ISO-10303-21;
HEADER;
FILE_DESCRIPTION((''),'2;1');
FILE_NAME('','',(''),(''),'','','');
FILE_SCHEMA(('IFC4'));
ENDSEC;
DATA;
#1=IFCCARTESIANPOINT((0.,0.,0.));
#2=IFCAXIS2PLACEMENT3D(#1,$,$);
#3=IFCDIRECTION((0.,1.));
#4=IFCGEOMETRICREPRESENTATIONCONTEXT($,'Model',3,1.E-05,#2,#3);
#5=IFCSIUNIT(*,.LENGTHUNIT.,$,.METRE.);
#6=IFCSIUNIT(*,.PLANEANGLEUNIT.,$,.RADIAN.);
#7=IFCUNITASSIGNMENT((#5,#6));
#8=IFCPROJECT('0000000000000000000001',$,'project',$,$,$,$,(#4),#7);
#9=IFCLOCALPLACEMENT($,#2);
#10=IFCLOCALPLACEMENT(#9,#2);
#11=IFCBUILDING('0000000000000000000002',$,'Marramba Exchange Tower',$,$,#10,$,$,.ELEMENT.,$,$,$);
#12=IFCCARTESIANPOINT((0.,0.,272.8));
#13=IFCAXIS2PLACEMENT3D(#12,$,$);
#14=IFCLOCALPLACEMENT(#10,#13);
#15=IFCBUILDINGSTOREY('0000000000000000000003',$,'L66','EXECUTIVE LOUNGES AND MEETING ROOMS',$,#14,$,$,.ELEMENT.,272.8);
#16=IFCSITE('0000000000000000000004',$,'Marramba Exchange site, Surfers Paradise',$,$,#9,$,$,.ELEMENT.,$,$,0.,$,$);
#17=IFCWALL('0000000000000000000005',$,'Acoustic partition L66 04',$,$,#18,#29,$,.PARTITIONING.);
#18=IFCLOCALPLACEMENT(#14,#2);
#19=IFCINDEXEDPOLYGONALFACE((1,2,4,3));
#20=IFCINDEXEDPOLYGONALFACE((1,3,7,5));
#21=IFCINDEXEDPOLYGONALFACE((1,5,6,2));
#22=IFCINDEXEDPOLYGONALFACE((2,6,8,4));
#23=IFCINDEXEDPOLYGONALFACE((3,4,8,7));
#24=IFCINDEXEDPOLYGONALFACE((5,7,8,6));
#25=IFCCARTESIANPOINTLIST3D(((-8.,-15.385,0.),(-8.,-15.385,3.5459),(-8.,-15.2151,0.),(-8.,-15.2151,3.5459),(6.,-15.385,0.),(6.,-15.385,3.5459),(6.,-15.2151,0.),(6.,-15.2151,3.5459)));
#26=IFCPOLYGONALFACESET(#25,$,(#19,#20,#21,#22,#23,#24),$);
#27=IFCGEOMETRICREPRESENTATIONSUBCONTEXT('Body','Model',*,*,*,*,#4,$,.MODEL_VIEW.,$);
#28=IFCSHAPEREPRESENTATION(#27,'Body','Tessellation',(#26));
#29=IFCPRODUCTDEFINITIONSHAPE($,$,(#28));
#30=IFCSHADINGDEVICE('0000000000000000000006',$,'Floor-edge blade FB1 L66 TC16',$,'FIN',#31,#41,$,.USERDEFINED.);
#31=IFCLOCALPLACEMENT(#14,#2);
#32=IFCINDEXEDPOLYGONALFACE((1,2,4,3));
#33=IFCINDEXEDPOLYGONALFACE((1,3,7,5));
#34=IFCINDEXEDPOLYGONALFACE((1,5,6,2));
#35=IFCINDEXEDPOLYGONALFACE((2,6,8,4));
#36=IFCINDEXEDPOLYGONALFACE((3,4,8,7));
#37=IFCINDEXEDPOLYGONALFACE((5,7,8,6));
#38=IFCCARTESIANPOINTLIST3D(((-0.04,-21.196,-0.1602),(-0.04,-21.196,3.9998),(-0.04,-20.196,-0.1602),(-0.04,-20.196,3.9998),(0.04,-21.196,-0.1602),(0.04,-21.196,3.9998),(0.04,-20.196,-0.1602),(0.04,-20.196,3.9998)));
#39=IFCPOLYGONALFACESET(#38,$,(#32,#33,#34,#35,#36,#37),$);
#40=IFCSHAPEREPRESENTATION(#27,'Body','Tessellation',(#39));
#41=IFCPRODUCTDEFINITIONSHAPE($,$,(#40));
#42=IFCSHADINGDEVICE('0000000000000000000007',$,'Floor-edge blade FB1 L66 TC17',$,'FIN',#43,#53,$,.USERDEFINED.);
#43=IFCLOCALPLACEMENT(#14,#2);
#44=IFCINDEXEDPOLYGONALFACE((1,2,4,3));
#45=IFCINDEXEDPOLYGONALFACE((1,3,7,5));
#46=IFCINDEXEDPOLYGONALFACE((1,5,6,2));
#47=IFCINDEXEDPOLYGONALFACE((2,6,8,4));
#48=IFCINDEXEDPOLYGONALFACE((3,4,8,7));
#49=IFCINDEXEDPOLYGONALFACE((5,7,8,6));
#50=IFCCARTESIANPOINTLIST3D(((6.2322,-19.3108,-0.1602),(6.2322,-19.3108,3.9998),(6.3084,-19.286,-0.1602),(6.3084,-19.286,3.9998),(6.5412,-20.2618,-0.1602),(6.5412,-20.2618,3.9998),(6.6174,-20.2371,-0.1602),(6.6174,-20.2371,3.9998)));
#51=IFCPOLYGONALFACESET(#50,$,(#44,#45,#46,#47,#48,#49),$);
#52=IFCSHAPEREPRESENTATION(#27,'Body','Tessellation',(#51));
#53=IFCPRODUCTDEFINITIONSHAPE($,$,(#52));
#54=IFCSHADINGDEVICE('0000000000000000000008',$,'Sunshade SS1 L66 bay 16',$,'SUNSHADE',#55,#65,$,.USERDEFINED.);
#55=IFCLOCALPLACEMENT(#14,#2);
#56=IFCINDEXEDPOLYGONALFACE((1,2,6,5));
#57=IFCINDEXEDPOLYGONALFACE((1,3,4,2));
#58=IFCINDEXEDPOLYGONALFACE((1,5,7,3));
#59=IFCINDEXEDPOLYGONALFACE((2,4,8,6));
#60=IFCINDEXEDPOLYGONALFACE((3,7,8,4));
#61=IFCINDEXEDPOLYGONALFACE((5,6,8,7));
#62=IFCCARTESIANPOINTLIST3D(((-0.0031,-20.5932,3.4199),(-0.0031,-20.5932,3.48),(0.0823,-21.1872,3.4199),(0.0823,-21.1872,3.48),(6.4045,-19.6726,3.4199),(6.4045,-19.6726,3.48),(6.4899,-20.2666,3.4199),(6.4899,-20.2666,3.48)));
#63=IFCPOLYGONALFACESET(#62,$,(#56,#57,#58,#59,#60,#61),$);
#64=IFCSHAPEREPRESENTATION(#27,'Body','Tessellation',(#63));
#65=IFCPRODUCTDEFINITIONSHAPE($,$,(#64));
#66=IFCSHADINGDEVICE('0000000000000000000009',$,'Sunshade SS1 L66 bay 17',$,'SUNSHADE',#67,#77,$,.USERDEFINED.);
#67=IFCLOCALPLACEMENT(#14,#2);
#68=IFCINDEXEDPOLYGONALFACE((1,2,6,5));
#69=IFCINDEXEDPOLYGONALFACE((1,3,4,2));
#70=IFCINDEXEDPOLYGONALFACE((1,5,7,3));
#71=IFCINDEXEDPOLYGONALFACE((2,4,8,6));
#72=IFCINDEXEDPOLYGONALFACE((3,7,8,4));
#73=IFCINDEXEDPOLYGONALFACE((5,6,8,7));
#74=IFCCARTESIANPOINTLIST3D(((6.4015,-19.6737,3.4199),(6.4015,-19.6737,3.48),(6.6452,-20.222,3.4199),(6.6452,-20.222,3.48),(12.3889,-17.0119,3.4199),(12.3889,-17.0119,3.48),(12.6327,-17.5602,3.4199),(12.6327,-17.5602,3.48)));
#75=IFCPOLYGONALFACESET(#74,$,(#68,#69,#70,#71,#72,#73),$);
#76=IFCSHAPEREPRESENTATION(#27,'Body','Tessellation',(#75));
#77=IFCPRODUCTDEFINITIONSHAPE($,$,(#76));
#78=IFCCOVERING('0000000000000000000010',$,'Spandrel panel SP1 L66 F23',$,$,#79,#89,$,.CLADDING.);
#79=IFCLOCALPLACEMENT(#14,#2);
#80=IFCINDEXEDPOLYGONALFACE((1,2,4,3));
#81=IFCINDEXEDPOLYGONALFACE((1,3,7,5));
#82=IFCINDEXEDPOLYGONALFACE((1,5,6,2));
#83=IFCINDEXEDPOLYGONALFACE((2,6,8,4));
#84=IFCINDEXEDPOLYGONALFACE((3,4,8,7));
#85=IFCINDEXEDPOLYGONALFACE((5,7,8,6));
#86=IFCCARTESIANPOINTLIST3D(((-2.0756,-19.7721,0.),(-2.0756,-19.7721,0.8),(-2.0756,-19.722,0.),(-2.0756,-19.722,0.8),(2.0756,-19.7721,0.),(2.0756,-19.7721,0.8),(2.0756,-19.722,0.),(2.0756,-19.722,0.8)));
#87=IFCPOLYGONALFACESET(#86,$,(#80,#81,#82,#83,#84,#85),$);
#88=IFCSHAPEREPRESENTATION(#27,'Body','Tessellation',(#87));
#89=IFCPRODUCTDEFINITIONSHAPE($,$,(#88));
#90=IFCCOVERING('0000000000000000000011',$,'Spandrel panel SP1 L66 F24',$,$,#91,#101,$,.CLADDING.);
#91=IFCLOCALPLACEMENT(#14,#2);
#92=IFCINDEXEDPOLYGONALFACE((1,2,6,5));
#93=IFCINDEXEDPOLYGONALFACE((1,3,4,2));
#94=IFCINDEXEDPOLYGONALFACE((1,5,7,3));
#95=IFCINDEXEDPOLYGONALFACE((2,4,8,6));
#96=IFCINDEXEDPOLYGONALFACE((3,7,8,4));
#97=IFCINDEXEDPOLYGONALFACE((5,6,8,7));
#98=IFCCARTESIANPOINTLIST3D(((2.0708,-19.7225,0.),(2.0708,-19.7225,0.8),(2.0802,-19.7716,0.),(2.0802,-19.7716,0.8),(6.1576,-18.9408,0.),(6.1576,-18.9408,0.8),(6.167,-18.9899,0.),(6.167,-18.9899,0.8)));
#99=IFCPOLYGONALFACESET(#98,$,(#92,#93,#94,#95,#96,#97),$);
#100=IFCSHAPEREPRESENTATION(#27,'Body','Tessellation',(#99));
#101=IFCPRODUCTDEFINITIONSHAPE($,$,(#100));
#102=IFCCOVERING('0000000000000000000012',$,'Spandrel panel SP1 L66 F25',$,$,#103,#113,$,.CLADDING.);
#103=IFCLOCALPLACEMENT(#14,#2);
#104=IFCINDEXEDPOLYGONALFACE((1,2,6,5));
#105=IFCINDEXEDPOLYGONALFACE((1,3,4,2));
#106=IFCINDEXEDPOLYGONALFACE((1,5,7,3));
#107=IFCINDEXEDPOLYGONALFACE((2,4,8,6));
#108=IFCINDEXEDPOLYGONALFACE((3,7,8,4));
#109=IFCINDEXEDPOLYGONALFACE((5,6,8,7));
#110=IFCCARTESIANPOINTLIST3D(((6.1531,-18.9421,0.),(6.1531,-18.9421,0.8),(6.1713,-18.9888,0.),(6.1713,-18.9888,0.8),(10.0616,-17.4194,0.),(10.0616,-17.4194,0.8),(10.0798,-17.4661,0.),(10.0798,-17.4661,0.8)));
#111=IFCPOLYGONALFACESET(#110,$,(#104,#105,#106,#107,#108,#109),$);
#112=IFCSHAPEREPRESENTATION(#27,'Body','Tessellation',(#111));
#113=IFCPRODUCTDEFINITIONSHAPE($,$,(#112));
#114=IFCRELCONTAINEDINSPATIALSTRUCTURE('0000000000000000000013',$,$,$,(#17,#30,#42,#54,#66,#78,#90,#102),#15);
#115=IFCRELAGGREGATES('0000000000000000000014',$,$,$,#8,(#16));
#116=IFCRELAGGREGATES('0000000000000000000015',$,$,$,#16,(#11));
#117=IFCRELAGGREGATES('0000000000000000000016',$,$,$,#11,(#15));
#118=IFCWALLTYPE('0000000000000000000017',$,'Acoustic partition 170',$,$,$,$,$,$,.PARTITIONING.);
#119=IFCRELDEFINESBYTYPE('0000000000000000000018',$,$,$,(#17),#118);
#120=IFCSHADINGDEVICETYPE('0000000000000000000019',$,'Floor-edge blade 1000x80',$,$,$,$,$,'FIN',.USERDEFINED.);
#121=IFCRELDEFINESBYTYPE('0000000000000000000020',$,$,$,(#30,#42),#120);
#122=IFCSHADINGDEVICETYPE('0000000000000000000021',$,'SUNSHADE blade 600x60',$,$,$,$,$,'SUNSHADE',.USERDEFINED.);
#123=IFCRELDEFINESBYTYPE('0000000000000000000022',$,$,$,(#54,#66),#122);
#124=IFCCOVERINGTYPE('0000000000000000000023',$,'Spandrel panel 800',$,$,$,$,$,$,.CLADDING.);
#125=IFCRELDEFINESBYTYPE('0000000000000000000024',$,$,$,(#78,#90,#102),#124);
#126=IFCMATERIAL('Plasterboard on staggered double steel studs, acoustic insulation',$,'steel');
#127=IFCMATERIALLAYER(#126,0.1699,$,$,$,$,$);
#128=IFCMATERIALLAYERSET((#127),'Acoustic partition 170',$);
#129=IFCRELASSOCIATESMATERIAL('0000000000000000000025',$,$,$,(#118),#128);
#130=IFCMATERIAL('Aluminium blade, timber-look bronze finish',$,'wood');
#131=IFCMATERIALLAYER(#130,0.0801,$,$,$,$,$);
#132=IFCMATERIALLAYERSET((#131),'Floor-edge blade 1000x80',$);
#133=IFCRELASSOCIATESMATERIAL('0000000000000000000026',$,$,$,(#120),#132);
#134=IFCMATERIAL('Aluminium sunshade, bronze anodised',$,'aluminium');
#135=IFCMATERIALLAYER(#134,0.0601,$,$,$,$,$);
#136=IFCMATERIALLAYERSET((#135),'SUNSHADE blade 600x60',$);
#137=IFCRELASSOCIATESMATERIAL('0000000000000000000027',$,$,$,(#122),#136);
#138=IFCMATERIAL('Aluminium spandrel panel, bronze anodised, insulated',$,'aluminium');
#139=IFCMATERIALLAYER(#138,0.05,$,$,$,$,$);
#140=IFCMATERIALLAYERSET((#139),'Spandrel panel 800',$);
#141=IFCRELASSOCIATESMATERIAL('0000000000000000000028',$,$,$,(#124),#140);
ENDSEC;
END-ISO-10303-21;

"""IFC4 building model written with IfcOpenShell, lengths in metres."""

from ifc_helpers import new_model, si_unit, direction, frame, frame_2d, origin, origin_2d, place, context, subcontext, project, spatial, rectangle, extrude, material, layer, layer_set, type_object, element, save


model = new_model("IFC4")

# Units and contexts
model_context = context("Model", 3, precision=1e-05, world=origin(), true_north=direction((0.0, 1.0)))
body_context = subcontext(model_context, "Body", "Model", "MODEL_VIEW")
ifc_project = project(units=[si_unit("LENGTHUNIT", "METRE"), si_unit("PLANEANGLEUNIT", "RADIAN")], contexts=[model_context])

# Site, building, storey
site_placement = place(None, origin())
site = spatial("IfcSite", under=ifc_project, at=site_placement, Name="Marramba Exchange site, Surfers Paradise", CompositionType="ELEMENT", RefElevation=0.0)
building_placement = place(site_placement, origin())
building = spatial("IfcBuilding", under=site, at=building_placement, Name="Marramba Exchange Tower", CompositionType="ELEMENT")
storey_placement = place(building_placement, frame((0.0, 0.0, 272.8)))
storey = spatial("IfcBuildingStorey", under=building, at=storey_placement, Name="L66", Description="EXECUTIVE LOUNGES AND MEETING ROOMS", CompositionType="ELEMENT", Elevation=272.8)

# Wall
ifc_material_1 = material(Name="Plasterboard on staggered double steel studs, acoustic insulation", Category="steel")
ifc_layer_1 = layer(ifc_material_1, 0.1699)
ifc_layer_set_1 = layer_set([ifc_layer_1], Name="Acoustic partition 170")
wall_type = type_object("IfcWallType", Name="Acoustic partition 170", PredefinedType="PARTITIONING", material=ifc_layer_set_1)
wall_placement = place(storey_placement, frame((6.0, -15.3, 0.0), z_axis=(0.0, 0.0, 1.0), x_axis=(-1.0, 0.0, 0.0)))
element("IfcWall", 1, at=wall_placement, inside=storey, type_object=wall_type, Name="Acoustic partition L66 04", PredefinedType="PARTITIONING", context=body_context, shape_type="SweptSolid", body=[
    extrude(rectangle(XDim=14.0, YDim=0.1699, at=frame_2d((7.0, 0.0))), origin(), (0.0, 0.0, 1.0), 3.5459),
])

# Shading devices
ifc_material_2 = material(Name="Aluminium blade, timber-look bronze finish", Category="wood")
ifc_layer_2 = layer(ifc_material_2, 0.0801)
ifc_layer_set_2 = layer_set([ifc_layer_2], Name="Floor-edge blade 1000x80")
shading_device_type_1 = type_object("IfcShadingDeviceType", Name="Floor-edge blade 1000x80", ElementType="FIN", PredefinedType="USERDEFINED", material=ifc_layer_set_2)
for number, where, z_axis, x_axis, name in (
    (2, (0.0, -20.696, -0.1602), (0.0, 0.0, 1.0), (0.0, -1.0, 0.0), "Floor-edge blade FB1 L66 TC16"),
    (3, (6.4248, -19.7739, -0.1602), (0.0, 0.0, 1.0), (0.309017, -0.951057, 0.0), "Floor-edge blade FB1 L66 TC17"),
):
    element("IfcShadingDevice", number, at=place(storey_placement, frame(where, z_axis=z_axis, x_axis=x_axis)), inside=storey, type_object=shading_device_type_1, Name=name, ObjectType="FIN", PredefinedType="USERDEFINED", context=body_context, shape_type="SweptSolid", body=[
        extrude(rectangle(XDim=1.0, YDim=0.0801, at=origin_2d()), origin(), (0.0, 0.0, 1.0), 4.1599),
    ])
ifc_material_3 = material(Name="Aluminium sunshade, bronze anodised", Category="aluminium")
ifc_layer_3 = layer(ifc_material_3, 0.0601)
ifc_layer_set_3 = layer_set([ifc_layer_3], Name="SUNSHADE blade 600x60")
shading_device_type_2 = type_object("IfcShadingDeviceType", Name="SUNSHADE blade 600x60", ElementType="SUNSHADE", PredefinedType="USERDEFINED", material=ifc_layer_set_3)
shading_device_1_placement = place(storey_placement, frame((3.2434, -20.4299, 3.4199), z_axis=(0.0, 0.0, 1.0), x_axis=(0.989837, 0.14221, 0.0)))
element("IfcShadingDevice", 4, at=shading_device_1_placement, inside=storey, type_object=shading_device_type_2, Name="Sunshade SS1 L66 bay 16", ObjectType="SUNSHADE", PredefinedType="USERDEFINED", context=body_context, shape_type="SweptSolid", body=[
    extrude(rectangle(XDim=6.4734, YDim=0.6001, at=origin_2d()), origin(), (0.0, 0.0, 1.0), 0.0601),
])
shading_device_2_placement = place(storey_placement, frame((9.5171, -18.6169, 3.4199), z_axis=(0.0, 0.0, 1.0), x_axis=(0.913771, 0.406229, 0.0)))
element("IfcShadingDevice", 5, at=shading_device_2_placement, inside=storey, type_object=shading_device_type_2, Name="Sunshade SS1 L66 bay 17", ObjectType="SUNSHADE", PredefinedType="USERDEFINED", context=body_context, shape_type="SweptSolid", body=[
    extrude(rectangle(XDim=6.5525, YDim=0.6001, at=origin_2d()), origin(), (0.0, 0.0, 1.0), 0.0601),
])

# Coverings
ifc_material_4 = material(Name="Aluminium spandrel panel, bronze anodised, insulated", Category="aluminium")
ifc_layer_4 = layer(ifc_material_4, 0.05)
ifc_layer_set_4 = layer_set([ifc_layer_4], Name="Spandrel panel 800")
covering_type = type_object("IfcCoveringType", Name="Spandrel panel 800", PredefinedType="CLADDING", material=ifc_layer_set_4)
covering_1_placement = place(storey_placement, frame((0.0, -19.7471, 0.0), z_axis=(0.0, 0.0, 1.0), x_axis=(1.0, 0.0, 0.0)))
element("IfcCovering", 6, at=covering_1_placement, inside=storey, type_object=covering_type, Name="Spandrel panel SP1 L66 F23", PredefinedType="CLADDING", context=body_context, shape_type="SweptSolid", body=[
    extrude(rectangle(XDim=4.1511, YDim=0.05, at=origin_2d()), origin(), (0.0, 0.0, 1.0), 0.8),
])
covering_2_placement = place(storey_placement, frame((4.1189, -19.3562, 0.0), z_axis=(0.0, 0.0, 1.0), x_axis=(0.982193, 0.187873, 0.0)))
element("IfcCovering", 7, at=covering_2_placement, inside=storey, type_object=covering_type, Name="Spandrel panel SP1 L66 F24", PredefinedType="CLADDING", context=body_context, shape_type="SweptSolid", body=[
    extrude(rectangle(XDim=4.1609, YDim=0.05, at=origin_2d()), origin(), (0.0, 0.0, 1.0), 0.8),
])
covering_3_placement = place(storey_placement, frame((8.1165, -18.2041, 0.0), z_axis=(0.0, 0.0, 1.0), x_axis=(0.931785, 0.36301, 0.0)))
element("IfcCovering", 8, at=covering_3_placement, inside=storey, type_object=covering_type, Name="Spandrel panel SP1 L66 F25", PredefinedType="CLADDING", context=body_context, shape_type="SweptSolid", body=[
    extrude(rectangle(XDim=4.1946, YDim=0.05, at=origin_2d()), origin(), (0.0, 0.0, 1.0), 0.8),
])

save(model, "model.ifc")
